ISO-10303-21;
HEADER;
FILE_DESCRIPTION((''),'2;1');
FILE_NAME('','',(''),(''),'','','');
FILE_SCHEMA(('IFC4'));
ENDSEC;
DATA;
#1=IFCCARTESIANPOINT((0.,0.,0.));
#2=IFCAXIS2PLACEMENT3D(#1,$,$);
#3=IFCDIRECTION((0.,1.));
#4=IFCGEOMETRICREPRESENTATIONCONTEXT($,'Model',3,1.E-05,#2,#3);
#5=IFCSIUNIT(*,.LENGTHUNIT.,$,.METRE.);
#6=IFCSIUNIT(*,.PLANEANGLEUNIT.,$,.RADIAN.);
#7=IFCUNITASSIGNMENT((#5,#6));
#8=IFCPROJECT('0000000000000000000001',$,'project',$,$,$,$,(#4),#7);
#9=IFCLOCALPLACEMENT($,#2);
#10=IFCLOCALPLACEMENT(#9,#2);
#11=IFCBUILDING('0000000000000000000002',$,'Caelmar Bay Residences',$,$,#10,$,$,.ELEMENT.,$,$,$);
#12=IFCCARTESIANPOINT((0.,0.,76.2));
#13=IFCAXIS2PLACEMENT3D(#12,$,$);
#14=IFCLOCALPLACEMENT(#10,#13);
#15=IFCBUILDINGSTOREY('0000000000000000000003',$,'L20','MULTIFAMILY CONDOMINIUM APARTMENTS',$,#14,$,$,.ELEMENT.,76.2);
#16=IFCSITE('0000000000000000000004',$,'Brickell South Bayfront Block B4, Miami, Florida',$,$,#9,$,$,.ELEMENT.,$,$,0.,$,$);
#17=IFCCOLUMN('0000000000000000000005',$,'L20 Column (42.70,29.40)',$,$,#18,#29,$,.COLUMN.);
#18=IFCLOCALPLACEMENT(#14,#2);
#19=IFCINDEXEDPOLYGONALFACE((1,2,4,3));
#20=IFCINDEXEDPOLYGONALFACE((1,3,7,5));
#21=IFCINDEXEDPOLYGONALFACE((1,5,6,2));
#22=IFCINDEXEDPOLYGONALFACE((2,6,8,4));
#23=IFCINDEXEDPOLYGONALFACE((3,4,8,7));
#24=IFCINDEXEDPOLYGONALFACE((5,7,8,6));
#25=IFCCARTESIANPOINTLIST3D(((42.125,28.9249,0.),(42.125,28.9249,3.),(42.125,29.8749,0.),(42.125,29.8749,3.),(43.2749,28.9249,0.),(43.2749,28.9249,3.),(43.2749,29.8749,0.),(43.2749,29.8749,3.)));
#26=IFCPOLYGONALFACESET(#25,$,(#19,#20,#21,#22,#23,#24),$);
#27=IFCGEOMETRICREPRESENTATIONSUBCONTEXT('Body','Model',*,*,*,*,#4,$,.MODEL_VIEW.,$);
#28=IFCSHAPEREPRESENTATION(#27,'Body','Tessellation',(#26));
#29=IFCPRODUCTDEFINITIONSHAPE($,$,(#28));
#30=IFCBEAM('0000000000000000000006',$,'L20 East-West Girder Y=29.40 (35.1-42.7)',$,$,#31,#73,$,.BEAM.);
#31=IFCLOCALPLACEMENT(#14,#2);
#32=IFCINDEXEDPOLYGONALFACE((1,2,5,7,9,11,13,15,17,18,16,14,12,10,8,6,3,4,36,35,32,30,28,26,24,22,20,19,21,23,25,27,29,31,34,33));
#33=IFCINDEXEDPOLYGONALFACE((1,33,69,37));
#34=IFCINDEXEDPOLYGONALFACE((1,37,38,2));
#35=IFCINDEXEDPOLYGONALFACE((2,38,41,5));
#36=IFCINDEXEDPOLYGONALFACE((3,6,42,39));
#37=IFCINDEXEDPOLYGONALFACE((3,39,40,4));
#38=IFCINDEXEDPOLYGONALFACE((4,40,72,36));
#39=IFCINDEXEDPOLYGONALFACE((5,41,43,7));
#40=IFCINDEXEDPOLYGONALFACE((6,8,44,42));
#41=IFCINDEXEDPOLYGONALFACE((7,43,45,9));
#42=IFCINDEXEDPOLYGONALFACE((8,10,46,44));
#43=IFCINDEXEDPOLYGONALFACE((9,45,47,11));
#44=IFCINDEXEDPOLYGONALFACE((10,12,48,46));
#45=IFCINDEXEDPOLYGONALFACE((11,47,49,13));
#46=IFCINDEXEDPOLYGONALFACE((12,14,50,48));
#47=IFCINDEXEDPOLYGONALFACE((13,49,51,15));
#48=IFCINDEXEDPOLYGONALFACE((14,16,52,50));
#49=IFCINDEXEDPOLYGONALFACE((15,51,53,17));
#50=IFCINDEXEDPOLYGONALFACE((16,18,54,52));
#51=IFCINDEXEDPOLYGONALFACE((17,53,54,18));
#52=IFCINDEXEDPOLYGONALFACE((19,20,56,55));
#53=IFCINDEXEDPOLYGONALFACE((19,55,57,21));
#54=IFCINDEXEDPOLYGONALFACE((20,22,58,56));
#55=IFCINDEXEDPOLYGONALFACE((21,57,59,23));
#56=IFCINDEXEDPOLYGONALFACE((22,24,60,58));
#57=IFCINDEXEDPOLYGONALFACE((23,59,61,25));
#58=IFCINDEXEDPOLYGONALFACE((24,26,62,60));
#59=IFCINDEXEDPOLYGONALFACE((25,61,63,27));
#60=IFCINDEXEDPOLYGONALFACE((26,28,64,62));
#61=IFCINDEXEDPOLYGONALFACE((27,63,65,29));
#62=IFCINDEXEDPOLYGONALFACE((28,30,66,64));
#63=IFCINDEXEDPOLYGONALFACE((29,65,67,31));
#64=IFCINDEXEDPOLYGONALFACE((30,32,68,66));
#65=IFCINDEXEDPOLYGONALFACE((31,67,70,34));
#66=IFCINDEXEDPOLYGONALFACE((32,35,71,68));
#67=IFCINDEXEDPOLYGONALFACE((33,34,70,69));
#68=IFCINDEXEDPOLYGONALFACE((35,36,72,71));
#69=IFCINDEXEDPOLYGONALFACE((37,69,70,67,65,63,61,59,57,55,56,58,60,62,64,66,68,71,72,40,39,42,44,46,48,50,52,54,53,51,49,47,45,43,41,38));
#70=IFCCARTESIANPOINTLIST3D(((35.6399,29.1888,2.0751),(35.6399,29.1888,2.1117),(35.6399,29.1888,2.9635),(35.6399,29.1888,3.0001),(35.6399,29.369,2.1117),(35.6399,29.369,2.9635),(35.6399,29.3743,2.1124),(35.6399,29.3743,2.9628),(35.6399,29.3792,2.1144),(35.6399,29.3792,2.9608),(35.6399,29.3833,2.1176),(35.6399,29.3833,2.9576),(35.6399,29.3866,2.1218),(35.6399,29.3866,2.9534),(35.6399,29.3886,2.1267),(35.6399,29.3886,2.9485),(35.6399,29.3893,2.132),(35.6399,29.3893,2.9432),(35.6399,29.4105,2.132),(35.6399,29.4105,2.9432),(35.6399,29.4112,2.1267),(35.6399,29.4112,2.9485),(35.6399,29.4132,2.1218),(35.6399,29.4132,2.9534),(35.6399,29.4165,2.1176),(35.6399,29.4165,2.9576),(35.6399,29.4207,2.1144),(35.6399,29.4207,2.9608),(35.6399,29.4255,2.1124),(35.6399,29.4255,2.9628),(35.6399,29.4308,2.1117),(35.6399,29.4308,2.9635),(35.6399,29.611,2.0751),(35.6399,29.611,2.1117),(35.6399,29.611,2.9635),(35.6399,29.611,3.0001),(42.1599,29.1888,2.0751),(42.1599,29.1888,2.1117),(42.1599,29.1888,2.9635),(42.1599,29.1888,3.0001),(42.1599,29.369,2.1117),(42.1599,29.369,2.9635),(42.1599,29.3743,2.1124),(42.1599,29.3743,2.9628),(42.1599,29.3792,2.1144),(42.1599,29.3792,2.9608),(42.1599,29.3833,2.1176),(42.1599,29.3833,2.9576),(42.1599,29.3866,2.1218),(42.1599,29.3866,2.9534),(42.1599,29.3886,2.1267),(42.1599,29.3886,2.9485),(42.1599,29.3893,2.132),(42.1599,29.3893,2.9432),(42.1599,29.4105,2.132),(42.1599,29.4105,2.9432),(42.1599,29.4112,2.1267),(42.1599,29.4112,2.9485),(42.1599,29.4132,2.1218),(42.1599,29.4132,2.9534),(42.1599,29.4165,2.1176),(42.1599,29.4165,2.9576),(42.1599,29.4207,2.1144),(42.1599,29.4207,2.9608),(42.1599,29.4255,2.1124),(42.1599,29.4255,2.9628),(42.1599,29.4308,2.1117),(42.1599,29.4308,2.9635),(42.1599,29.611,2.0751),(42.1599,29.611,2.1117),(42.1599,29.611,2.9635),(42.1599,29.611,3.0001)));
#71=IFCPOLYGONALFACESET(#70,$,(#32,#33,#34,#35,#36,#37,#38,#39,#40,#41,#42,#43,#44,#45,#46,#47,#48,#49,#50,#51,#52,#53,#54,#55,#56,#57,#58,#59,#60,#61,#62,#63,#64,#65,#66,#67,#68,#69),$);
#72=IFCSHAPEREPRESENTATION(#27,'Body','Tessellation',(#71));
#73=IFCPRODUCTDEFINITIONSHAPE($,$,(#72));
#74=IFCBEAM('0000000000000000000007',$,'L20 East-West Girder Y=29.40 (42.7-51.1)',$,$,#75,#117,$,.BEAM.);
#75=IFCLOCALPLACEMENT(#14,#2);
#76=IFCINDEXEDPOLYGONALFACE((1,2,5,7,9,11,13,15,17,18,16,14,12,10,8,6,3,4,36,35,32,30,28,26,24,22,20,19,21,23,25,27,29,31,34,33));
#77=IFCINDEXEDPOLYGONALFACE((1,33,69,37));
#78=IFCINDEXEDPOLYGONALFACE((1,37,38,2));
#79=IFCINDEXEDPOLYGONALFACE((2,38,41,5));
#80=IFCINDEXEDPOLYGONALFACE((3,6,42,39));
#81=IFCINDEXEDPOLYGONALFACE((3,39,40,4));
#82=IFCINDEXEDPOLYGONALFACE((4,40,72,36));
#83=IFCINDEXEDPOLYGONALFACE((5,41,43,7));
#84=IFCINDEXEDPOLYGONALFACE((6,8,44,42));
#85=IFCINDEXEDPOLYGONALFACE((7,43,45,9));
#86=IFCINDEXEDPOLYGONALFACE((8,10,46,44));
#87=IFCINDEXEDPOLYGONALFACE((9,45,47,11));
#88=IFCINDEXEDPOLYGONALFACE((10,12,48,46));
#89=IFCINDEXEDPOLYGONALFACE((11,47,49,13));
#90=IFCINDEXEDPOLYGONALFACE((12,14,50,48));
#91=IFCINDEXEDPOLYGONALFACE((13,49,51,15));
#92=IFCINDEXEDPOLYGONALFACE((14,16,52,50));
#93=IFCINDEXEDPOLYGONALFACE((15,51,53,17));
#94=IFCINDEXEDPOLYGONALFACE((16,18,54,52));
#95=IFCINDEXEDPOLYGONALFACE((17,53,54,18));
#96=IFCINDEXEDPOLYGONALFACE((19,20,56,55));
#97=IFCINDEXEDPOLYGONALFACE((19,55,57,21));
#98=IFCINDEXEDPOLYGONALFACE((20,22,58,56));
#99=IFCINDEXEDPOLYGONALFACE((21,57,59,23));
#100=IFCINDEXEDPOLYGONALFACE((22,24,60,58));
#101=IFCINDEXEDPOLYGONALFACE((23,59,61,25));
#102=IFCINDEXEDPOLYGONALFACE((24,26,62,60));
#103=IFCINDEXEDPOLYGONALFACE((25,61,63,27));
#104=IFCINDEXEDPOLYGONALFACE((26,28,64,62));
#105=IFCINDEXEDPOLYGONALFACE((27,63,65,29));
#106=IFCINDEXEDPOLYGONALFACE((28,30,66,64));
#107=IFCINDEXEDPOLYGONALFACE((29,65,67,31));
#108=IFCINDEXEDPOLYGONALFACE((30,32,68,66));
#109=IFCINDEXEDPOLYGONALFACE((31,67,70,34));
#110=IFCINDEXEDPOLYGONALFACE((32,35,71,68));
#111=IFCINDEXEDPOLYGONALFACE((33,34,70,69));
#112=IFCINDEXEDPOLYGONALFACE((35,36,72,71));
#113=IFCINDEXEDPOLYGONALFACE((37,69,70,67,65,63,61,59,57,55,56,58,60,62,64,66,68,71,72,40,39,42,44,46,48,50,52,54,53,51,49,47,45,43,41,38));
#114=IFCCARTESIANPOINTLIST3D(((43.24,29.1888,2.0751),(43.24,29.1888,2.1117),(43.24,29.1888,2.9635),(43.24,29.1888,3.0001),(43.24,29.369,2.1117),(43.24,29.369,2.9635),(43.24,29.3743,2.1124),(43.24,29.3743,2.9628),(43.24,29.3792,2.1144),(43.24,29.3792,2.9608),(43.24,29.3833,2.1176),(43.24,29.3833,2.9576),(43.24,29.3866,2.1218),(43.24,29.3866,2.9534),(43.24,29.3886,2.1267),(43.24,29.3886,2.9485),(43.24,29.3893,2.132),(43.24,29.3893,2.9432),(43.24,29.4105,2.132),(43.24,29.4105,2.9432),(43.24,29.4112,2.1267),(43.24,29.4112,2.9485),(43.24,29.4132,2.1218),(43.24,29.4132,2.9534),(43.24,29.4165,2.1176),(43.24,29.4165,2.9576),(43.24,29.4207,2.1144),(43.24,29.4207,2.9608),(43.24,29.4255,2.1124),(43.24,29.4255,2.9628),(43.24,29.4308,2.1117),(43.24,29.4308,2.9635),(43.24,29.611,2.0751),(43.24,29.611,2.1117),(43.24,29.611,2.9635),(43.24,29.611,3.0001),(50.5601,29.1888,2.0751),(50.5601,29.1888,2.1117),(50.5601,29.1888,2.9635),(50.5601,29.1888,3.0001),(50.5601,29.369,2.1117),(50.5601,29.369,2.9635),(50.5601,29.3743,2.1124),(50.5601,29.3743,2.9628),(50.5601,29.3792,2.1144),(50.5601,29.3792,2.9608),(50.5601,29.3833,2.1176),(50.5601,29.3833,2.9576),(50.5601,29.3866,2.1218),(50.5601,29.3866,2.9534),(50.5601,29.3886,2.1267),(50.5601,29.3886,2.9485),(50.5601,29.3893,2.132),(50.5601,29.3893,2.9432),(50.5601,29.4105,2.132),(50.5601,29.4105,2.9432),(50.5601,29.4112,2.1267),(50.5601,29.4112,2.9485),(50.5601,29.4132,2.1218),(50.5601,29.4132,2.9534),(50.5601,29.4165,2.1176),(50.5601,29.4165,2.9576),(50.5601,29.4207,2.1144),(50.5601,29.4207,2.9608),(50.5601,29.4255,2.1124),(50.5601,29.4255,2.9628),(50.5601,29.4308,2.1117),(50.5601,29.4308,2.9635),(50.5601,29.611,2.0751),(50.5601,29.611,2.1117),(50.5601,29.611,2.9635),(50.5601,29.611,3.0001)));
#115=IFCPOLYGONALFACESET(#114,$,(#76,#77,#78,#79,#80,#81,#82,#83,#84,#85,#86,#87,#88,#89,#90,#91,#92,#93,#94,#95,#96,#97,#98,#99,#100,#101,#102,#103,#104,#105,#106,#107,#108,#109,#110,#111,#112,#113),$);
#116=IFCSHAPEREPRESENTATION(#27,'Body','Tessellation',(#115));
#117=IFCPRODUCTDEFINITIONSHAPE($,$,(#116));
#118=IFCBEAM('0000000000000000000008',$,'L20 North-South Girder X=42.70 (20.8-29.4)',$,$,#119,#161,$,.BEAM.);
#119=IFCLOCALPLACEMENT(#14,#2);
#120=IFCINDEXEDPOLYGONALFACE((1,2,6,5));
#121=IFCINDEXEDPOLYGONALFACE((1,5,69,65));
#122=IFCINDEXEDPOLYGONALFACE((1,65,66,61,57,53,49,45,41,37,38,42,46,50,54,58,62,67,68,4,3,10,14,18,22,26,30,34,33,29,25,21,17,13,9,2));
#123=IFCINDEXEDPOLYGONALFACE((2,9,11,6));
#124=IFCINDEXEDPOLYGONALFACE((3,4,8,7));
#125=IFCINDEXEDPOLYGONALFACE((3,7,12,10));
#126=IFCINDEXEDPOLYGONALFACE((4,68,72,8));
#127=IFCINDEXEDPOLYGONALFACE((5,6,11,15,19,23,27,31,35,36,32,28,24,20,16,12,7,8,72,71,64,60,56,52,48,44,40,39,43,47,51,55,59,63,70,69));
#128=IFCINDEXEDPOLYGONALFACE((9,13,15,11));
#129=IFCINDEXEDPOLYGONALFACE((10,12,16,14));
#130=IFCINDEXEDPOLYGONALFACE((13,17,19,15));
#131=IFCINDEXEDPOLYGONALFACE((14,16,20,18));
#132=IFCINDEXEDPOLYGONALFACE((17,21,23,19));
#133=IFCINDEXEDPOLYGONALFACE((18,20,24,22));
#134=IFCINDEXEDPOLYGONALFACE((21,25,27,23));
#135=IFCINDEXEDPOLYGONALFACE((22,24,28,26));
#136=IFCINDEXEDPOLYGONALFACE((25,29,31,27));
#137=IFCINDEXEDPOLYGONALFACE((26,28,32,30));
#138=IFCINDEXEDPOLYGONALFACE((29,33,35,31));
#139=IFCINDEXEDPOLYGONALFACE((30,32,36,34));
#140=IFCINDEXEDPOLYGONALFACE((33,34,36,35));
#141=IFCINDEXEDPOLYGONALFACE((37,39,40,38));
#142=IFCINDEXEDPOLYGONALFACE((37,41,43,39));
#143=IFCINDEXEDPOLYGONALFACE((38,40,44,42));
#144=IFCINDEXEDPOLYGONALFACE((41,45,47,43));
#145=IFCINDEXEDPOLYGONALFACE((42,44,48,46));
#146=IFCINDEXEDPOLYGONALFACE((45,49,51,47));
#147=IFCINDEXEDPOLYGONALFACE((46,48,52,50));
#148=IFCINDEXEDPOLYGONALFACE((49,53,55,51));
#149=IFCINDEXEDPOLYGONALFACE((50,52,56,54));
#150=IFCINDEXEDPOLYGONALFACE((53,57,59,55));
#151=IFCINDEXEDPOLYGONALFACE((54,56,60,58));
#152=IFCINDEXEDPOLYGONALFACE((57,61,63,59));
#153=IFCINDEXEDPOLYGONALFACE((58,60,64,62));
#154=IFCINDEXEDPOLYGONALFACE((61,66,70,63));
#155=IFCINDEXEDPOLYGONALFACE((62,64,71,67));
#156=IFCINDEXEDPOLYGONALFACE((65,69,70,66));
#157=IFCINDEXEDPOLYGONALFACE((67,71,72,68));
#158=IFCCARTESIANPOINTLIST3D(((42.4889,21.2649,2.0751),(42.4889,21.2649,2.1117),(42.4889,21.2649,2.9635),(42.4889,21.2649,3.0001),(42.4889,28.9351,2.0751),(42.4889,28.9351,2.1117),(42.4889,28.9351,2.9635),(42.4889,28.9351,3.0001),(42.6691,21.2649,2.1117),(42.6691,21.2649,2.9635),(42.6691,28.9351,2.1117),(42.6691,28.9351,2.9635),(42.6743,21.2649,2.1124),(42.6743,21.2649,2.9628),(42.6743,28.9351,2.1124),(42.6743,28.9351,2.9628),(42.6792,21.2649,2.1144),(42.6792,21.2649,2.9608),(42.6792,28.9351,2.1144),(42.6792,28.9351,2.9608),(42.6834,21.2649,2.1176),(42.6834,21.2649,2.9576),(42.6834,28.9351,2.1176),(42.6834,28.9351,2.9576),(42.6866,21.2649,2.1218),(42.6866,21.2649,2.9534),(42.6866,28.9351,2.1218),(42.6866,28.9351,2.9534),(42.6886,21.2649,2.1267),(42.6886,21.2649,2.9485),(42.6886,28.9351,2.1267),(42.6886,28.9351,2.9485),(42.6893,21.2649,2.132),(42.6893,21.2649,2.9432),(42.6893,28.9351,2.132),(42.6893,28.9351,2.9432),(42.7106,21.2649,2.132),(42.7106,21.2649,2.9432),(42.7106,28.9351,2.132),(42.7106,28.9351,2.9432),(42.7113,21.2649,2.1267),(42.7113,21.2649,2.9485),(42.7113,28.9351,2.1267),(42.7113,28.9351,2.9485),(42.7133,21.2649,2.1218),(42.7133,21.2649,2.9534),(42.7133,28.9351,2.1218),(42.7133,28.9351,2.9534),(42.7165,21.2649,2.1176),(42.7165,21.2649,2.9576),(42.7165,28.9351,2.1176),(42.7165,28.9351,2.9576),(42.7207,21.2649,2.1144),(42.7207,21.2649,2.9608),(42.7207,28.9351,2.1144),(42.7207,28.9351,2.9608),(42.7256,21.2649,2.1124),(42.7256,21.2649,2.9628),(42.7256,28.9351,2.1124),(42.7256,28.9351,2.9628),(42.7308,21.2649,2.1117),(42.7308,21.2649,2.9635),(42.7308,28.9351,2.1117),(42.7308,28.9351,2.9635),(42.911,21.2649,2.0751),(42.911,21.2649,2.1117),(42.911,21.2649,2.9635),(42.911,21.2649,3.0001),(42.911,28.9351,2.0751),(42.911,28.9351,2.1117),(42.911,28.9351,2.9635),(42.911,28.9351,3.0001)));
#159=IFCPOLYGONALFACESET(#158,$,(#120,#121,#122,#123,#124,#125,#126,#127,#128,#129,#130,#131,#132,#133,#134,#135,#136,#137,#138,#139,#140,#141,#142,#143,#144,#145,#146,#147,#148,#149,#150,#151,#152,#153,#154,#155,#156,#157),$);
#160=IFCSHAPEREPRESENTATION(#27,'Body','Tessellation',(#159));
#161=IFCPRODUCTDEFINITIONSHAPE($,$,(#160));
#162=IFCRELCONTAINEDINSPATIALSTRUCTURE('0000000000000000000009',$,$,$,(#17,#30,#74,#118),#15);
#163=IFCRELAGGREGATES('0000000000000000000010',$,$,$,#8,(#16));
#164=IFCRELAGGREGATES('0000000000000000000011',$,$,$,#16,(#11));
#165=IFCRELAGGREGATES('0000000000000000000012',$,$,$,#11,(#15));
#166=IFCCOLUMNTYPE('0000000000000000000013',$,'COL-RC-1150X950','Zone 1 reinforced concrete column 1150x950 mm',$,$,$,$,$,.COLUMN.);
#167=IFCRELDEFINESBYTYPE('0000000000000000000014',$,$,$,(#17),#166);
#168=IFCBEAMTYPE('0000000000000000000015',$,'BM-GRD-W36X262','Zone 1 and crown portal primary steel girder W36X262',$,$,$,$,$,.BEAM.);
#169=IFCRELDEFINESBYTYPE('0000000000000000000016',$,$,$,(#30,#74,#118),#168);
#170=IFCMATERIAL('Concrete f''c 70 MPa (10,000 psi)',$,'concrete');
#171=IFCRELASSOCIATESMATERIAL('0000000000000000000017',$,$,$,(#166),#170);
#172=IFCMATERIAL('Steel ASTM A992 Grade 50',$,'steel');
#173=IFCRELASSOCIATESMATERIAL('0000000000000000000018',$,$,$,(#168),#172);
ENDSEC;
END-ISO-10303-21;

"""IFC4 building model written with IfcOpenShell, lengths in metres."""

from ifc_helpers import new_model, si_unit, direction, frame, origin, origin_2d, place, context, subcontext, project, spatial, rectangle, i_section, extrude, material, material_profile, profile_set, type_object, element, save


model = new_model("IFC4")

# Units and contexts
model_context = context("Model", 3, precision=1e-05, world=origin(), true_north=direction((0.0, 1.0)))
body_context = subcontext(model_context, "Body", "Model", "MODEL_VIEW")
ifc_project = project(units=[si_unit("LENGTHUNIT", "METRE"), si_unit("PLANEANGLEUNIT", "RADIAN")], contexts=[model_context])

# Site, building, storey
site_placement = place(None, origin())
site = spatial("IfcSite", under=ifc_project, at=site_placement, Name="Brickell South Bayfront Block B4, Miami, Florida", CompositionType="ELEMENT", RefElevation=0.0)
building_placement = place(site_placement, origin())
building = spatial("IfcBuilding", under=site, at=building_placement, Name="Caelmar Bay Residences", CompositionType="ELEMENT")
storey_placement = place(building_placement, frame((0.0, 0.0, 76.2)))
storey = spatial("IfcBuildingStorey", under=building, at=storey_placement, Name="L20", Description="MULTIFAMILY CONDOMINIUM APARTMENTS", CompositionType="ELEMENT", Elevation=76.2)

# Column
ifc_material_1 = material(Name="Concrete f'c 70 MPa (10,000 psi)", Category="concrete")
ifc_material_profile_1 = material_profile(ifc_material_1, rectangle(XDim=1.1499, YDim=0.95, at=origin_2d()), Name="RC-COL-1150X950")
ifc_profile_set_1 = profile_set([ifc_material_profile_1], Name="Concrete f'c 70 MPa (10,000 psi)")
column_type = type_object("IfcColumnType", Name="COL-RC-1150X950", Description="Zone 1 reinforced concrete column 1150x950 mm", PredefinedType="COLUMN", material=ifc_profile_set_1)
column_placement = place(storey_placement, frame((42.7, 29.3999, 0.0), z_axis=(0.0, 0.0, 1.0), x_axis=(1.0, 0.0, 0.0)))
element("IfcColumn", 1, at=column_placement, inside=storey, type_object=column_type, Name="L20 Column (42.70,29.40)", PredefinedType="COLUMN", context=body_context, shape_type="SweptSolid", body=[
    extrude(rectangle(XDim=1.1499, YDim=0.95, at=origin_2d()), origin(), (0.0, 0.0, 1.0), 3.0),
])

# Beams
ifc_material_2 = material(Name="Steel ASTM A992 Grade 50", Category="steel")
ifc_material_profile_2 = material_profile(ifc_material_2, i_section(OverallWidth=0.4221, OverallDepth=0.925, WebThickness=0.0212, FlangeThickness=0.0366, FilletRadius=0.0203, at=origin_2d()), Name="W36X262")
ifc_profile_set_2 = profile_set([ifc_material_profile_2], Name="Steel ASTM A992 Grade 50")
beam_type_1 = type_object("IfcBeamType", Name="BM-GRD-W36X262", Description="Zone 1 and crown portal primary steel girder W36X262", PredefinedType="BEAM", material=ifc_profile_set_2)
beam_1_placement = place(storey_placement, frame((35.6399, 29.3999, 2.5376), z_axis=(1.0, 0.0, 0.0), x_axis=(0.0, 1.0, 0.0)))
element("IfcBeam", 2, at=beam_1_placement, inside=storey, type_object=beam_type_1, Name="L20 East-West Girder Y=29.40 (35.1-42.7)", PredefinedType="BEAM", context=body_context, shape_type="SweptSolid", body=[
    extrude(i_section(OverallWidth=0.4221, OverallDepth=0.925, WebThickness=0.0212, FlangeThickness=0.0366, FilletRadius=0.0203, at=origin_2d()), origin(), (0.0, 0.0, 1.0), 6.52),
])
beam_2_placement = place(storey_placement, frame((43.24, 29.3999, 2.5376), z_axis=(1.0, 0.0, 0.0), x_axis=(0.0, 1.0, 0.0)))
element("IfcBeam", 3, at=beam_2_placement, inside=storey, type_object=beam_type_1, Name="L20 East-West Girder Y=29.40 (42.7-51.1)", PredefinedType="BEAM", context=body_context, shape_type="SweptSolid", body=[
    extrude(i_section(OverallWidth=0.4221, OverallDepth=0.925, WebThickness=0.0212, FlangeThickness=0.0366, FilletRadius=0.0203, at=origin_2d()), origin(), (0.0, 0.0, 1.0), 7.3201),
])
beam_3_placement = place(storey_placement, frame((42.7, 21.2649, 2.5376), z_axis=(0.0, 1.0, 0.0), x_axis=(-1.0, 0.0, 0.0)))
element("IfcBeam", 4, at=beam_3_placement, inside=storey, type_object=beam_type_1, Name="L20 North-South Girder X=42.70 (20.8-29.4)", PredefinedType="BEAM", context=body_context, shape_type="SweptSolid", body=[
    extrude(i_section(OverallWidth=0.4221, OverallDepth=0.925, WebThickness=0.0212, FlangeThickness=0.0366, FilletRadius=0.0203, at=origin_2d()), origin(), (0.0, 0.0, 1.0), 7.6702),
])

save(model, "model.ifc")
